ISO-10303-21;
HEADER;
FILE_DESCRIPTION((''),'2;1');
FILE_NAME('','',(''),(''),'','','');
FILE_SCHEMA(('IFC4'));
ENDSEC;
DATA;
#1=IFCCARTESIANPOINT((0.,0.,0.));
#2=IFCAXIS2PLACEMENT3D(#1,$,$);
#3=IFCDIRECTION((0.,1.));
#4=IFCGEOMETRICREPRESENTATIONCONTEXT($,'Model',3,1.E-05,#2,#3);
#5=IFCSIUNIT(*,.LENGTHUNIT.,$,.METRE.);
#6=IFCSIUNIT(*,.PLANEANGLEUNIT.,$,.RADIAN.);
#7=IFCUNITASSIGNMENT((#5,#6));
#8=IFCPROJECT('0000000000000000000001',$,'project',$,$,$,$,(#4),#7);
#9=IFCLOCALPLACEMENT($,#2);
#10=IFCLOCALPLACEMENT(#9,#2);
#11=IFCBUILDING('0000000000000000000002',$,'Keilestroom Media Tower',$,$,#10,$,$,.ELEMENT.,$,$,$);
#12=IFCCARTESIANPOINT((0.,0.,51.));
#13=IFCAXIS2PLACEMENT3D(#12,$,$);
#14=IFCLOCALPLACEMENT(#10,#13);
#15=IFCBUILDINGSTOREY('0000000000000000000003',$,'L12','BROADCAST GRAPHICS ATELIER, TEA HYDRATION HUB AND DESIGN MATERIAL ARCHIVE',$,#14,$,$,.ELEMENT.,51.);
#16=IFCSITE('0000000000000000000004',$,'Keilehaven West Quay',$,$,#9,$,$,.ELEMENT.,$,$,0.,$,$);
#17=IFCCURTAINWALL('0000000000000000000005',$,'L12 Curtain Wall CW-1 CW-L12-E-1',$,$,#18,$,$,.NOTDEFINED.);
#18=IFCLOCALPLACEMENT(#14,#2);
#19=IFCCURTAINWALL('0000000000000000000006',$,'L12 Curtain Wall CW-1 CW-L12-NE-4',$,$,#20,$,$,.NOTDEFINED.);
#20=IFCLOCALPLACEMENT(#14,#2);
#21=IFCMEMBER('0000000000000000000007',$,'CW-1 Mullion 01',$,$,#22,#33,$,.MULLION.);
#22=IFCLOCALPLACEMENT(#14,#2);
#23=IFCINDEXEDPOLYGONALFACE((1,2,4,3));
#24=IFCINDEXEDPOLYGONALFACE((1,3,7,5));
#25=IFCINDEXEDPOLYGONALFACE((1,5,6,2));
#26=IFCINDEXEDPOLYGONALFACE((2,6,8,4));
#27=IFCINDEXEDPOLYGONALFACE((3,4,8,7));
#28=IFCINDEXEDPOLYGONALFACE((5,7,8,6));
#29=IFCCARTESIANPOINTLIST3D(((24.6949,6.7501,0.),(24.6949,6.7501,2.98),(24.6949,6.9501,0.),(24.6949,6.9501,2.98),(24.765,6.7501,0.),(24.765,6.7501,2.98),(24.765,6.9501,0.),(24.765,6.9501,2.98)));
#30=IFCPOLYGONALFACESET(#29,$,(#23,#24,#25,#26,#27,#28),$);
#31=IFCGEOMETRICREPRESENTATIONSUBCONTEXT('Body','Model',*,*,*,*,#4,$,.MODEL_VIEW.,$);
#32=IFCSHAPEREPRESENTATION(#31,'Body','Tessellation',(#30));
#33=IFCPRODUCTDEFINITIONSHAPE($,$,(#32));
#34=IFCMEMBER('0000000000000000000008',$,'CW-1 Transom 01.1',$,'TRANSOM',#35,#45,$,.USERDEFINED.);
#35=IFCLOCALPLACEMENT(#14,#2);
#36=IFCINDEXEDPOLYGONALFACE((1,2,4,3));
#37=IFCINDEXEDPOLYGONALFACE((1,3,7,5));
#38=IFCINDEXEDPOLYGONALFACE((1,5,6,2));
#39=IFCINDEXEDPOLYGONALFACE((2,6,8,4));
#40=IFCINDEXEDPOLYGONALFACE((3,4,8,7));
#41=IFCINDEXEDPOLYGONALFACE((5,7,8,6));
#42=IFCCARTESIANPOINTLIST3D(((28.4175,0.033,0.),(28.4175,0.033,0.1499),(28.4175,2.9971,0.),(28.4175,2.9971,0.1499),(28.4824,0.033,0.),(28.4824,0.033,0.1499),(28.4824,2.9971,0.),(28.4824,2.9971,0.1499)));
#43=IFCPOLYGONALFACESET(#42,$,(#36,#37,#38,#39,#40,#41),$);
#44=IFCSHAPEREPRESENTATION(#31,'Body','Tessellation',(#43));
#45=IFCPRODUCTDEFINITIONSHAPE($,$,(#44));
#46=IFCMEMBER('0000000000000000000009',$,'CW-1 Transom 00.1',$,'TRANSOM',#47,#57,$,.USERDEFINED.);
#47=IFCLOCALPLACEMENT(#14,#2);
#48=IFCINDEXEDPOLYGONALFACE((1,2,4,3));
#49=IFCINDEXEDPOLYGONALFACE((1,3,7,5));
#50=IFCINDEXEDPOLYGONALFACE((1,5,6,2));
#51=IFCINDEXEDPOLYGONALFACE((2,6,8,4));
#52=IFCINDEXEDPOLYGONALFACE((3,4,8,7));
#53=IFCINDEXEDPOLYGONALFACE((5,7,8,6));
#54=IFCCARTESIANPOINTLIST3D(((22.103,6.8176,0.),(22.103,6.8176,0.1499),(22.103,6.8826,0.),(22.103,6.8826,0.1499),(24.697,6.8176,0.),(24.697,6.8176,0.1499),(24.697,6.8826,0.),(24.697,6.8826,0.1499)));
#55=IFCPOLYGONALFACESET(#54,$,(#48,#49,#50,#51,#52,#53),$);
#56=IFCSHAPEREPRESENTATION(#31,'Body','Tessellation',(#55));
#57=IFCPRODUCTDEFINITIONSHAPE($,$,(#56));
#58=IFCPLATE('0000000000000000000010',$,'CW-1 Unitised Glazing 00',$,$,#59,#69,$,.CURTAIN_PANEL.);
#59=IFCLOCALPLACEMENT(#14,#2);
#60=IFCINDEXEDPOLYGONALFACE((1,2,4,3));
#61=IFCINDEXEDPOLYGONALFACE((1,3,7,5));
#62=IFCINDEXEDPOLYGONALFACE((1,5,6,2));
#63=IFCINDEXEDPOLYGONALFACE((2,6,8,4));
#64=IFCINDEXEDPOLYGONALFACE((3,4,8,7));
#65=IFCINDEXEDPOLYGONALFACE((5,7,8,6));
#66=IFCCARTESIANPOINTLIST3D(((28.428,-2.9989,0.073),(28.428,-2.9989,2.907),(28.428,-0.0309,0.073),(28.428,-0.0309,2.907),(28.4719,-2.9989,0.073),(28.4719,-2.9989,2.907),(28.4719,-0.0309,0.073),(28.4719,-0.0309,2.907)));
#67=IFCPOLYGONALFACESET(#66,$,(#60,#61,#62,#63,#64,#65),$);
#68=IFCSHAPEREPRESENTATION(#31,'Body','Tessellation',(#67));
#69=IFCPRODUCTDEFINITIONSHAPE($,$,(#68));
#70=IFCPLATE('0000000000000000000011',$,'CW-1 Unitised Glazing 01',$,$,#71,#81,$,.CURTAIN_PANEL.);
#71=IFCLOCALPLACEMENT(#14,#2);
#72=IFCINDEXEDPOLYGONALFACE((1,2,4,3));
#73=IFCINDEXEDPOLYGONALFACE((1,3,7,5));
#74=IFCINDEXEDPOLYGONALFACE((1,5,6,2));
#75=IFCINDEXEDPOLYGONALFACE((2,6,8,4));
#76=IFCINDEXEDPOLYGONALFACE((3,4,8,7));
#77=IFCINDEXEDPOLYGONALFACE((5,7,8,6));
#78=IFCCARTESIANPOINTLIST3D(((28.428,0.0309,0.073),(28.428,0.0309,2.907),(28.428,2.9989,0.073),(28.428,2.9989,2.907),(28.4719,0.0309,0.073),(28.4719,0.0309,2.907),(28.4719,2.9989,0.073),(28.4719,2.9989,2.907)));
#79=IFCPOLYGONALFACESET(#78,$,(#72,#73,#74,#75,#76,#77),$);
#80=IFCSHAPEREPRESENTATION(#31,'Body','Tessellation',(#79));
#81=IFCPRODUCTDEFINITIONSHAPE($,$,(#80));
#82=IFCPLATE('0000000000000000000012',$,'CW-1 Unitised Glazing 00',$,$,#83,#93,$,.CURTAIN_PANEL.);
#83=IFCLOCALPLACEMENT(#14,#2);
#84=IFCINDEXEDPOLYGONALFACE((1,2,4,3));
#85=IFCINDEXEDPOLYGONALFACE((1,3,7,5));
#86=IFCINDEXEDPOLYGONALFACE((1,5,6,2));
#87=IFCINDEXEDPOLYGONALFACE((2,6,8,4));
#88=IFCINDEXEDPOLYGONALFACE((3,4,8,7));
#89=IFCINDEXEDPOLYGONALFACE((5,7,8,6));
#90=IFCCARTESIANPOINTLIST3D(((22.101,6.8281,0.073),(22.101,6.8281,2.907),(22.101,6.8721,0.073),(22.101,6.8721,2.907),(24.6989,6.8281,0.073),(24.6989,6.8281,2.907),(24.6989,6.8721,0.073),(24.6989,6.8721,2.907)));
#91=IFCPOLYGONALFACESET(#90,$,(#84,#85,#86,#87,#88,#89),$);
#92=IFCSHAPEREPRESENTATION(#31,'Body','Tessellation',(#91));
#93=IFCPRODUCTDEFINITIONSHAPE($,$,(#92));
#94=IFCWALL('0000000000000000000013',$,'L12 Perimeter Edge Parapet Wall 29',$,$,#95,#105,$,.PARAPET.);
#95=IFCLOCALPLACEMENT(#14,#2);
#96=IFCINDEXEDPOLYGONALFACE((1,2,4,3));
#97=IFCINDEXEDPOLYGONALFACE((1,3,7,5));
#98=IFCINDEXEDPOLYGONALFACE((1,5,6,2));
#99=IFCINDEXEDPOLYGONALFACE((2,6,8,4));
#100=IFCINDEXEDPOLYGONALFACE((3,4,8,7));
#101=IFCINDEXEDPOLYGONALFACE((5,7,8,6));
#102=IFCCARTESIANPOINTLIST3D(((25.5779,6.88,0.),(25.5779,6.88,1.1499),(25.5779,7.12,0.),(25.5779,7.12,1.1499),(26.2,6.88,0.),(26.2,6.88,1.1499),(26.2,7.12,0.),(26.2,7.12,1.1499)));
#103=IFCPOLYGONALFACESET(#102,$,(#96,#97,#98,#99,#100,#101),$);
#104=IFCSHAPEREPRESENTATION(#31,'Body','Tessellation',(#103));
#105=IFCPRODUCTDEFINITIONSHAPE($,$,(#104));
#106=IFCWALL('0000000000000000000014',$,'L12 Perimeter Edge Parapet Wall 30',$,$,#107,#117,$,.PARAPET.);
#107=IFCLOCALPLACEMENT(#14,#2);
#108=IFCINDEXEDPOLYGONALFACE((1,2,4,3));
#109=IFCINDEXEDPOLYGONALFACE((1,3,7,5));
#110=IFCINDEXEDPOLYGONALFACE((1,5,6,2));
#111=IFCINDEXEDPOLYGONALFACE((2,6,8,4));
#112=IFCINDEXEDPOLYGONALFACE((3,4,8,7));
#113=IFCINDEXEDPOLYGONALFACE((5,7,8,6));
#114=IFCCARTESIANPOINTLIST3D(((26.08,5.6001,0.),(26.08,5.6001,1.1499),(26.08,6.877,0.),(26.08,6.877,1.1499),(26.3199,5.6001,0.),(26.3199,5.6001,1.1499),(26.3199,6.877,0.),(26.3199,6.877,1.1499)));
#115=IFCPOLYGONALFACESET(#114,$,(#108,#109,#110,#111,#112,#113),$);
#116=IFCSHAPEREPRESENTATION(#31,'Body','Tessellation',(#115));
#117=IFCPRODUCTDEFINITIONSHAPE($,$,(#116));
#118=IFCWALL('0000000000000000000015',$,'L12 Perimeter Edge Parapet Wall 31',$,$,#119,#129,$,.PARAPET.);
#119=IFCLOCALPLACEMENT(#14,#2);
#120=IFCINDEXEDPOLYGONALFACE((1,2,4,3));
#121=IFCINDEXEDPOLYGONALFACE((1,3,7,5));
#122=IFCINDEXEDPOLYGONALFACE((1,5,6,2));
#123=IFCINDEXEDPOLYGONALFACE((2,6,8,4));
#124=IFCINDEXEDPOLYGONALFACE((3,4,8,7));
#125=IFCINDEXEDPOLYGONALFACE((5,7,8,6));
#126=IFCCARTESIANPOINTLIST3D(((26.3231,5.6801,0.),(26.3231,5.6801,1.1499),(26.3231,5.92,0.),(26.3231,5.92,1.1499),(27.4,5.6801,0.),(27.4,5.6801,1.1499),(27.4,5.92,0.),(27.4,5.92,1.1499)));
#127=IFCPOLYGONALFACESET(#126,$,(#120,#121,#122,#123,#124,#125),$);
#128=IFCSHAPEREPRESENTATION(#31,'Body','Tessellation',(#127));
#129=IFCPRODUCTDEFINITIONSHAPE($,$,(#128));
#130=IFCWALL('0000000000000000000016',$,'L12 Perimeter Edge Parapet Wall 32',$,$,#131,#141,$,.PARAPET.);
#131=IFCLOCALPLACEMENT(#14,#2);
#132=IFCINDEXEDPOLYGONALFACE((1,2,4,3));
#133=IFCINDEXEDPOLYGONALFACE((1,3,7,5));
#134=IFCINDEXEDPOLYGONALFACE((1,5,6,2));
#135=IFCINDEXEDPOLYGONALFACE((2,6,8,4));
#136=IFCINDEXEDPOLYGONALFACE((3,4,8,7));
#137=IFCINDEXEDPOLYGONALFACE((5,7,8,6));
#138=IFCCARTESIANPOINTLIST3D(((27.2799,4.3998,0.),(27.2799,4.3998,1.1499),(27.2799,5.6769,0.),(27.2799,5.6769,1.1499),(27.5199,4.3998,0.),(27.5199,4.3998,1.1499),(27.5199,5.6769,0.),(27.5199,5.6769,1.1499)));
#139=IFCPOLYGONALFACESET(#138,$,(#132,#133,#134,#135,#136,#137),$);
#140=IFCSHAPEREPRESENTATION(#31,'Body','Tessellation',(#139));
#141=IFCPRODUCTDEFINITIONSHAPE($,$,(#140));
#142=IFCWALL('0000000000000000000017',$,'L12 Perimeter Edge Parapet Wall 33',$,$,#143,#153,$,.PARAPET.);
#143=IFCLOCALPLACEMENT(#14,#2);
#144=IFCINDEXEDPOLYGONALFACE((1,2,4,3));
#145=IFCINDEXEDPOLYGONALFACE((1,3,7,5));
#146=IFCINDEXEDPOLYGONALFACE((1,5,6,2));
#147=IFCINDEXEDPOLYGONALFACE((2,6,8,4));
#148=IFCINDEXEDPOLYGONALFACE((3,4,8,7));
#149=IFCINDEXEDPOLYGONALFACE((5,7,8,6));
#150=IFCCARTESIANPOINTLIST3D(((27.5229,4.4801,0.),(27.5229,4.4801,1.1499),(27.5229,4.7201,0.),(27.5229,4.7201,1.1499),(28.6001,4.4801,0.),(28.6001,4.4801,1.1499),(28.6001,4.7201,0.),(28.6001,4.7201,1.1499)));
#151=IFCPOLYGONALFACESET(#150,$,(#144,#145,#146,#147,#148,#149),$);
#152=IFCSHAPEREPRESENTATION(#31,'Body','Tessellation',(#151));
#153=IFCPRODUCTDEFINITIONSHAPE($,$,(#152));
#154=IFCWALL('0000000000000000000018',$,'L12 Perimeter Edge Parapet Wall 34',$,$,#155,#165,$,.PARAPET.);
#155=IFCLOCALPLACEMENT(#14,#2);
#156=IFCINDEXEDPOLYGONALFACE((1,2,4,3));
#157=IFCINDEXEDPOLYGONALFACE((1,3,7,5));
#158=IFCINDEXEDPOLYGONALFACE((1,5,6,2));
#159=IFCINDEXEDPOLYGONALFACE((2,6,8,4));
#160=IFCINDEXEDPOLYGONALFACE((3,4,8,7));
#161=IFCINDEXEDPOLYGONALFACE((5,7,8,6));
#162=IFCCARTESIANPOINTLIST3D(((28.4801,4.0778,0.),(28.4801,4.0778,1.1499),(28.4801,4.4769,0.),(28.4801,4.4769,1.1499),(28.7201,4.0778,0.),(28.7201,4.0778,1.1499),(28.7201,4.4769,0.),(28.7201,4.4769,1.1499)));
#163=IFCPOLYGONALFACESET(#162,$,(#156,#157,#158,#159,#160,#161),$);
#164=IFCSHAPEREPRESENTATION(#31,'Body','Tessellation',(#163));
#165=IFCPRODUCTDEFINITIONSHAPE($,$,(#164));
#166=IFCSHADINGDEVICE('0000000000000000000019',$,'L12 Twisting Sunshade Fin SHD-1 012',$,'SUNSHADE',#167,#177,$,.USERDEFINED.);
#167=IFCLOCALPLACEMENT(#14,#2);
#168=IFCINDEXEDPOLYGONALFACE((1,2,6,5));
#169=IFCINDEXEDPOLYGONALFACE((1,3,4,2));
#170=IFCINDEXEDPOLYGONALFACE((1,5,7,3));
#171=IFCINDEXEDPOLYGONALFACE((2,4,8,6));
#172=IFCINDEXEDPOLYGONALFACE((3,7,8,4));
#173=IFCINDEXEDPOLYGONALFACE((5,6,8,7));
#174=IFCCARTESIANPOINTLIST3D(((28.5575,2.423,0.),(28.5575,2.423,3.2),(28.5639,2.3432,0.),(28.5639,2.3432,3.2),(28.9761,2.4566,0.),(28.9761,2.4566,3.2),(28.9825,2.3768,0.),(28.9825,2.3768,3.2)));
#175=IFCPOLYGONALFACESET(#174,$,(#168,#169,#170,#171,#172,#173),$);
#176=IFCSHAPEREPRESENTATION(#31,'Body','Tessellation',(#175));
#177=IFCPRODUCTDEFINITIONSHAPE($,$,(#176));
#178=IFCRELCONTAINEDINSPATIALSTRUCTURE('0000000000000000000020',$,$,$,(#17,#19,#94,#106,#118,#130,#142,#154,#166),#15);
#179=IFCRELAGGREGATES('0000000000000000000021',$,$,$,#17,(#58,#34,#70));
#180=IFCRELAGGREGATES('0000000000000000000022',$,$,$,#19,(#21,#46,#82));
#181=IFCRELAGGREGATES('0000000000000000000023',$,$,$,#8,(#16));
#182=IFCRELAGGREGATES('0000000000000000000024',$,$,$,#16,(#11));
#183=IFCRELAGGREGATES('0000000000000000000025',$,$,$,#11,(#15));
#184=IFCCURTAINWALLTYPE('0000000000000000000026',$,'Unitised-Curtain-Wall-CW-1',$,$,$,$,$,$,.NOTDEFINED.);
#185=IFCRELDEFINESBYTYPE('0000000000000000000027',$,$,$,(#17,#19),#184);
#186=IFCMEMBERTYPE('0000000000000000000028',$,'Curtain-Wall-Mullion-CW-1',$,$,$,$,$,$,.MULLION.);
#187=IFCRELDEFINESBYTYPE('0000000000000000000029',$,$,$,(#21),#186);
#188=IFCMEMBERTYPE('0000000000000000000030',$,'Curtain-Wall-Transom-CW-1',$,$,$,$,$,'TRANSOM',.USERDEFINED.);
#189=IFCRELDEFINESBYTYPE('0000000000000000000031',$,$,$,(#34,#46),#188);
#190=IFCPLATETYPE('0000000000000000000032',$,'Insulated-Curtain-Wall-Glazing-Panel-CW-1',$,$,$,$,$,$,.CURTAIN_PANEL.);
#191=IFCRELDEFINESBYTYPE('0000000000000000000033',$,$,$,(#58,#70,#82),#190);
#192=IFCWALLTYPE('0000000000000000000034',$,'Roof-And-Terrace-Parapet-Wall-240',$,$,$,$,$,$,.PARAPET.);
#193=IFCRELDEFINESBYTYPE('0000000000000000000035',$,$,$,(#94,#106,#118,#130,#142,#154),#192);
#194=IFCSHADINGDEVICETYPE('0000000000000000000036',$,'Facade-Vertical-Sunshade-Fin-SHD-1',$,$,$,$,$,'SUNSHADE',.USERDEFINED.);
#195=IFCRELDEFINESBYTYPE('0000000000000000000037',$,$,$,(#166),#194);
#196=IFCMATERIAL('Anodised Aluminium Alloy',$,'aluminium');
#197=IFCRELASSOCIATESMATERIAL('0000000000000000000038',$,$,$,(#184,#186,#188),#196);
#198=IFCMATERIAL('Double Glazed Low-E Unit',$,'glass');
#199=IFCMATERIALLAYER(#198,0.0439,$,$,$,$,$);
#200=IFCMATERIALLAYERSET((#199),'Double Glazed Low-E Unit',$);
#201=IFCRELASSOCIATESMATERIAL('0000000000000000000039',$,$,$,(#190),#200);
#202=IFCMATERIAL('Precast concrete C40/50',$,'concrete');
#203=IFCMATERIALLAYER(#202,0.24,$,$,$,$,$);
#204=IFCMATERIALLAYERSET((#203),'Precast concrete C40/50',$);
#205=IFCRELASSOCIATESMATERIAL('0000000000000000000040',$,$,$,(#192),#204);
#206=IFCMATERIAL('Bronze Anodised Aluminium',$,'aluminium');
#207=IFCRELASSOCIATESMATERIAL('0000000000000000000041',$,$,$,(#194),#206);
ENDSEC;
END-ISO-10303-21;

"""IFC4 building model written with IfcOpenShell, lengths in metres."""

from ifc_helpers import new_model, si_unit, direction, frame, frame_2d, origin, origin_2d, place, context, subcontext, project, spatial, rectangle, extrude, source, transform, mapped, material, layer, layer_set, material_profile, profile_set, type_object, element, aggregate, save


model = new_model("IFC4")

# Units and contexts
model_context = context("Model", 3, precision=1e-05, world=origin(), true_north=direction((0.0, 1.0)))
body_context = subcontext(model_context, "Body", "Model", "MODEL_VIEW")
ifc_project = project(units=[si_unit("LENGTHUNIT", "METRE"), si_unit("PLANEANGLEUNIT", "RADIAN")], contexts=[model_context])

# Site, building, storey
site_placement = place(None, origin())
site = spatial("IfcSite", under=ifc_project, at=site_placement, Name="Keilehaven West Quay", CompositionType="ELEMENT", RefElevation=0.0)
building_placement = place(site_placement, origin())
building = spatial("IfcBuilding", under=site, at=building_placement, Name="Keilestroom Media Tower", CompositionType="ELEMENT")
storey_placement = place(building_placement, frame((0.0, 0.0, 51.0)))
storey = spatial("IfcBuildingStorey", under=building, at=storey_placement, Name="L12", Description="BROADCAST GRAPHICS ATELIER, TEA HYDRATION HUB AND DESIGN MATERIAL ARCHIVE", CompositionType="ELEMENT", Elevation=51.0)

# Shared definitions
ifc_material_1 = material(Name="Precast concrete C40/50", Category="concrete")

# Curtain walls, member
ifc_material_2 = material(Name="Anodised Aluminium Alloy", Category="aluminium")
curtain_wall_type = type_object("IfcCurtainWallType", Name="Unitised-Curtain-Wall-CW-1", PredefinedType="NOTDEFINED", material=ifc_material_2)
curtain_wall_1_placement = place(storey_placement, origin())
curtain_wall_1 = element("IfcCurtainWall", 1, at=curtain_wall_1_placement, inside=storey, type_object=curtain_wall_type, Name="L12 Curtain Wall CW-1 CW-L12-E-1", PredefinedType="NOTDEFINED")
ifc_material_profile_1 = material_profile(ifc_material_2, rectangle(XDim=0.0701, YDim=0.2, at=origin_2d()), Name="ALU MULLION 70x200")
ifc_profile_set_1 = profile_set([ifc_material_profile_1], Name="Anodised Aluminium Alloy")
member_type_1 = type_object("IfcMemberType", Name="Curtain-Wall-Mullion-CW-1", PredefinedType="MULLION", material=ifc_profile_set_1)
shared_shape_1 = source(origin(), body_context, "Body", "SweptSolid", [
    extrude(rectangle(XDim=0.0701, YDim=0.2, at=origin_2d()), origin(), (0.0, 0.0, 1.0), 2.98),
])
curtain_wall_2_placement = place(storey_placement, origin())
curtain_wall_2 = element("IfcCurtainWall", 2, at=curtain_wall_2_placement, inside=storey, type_object=curtain_wall_type, Name="L12 Curtain Wall CW-1 CW-L12-NE-4", PredefinedType="NOTDEFINED")
member_1_placement = place(storey_placement, frame((24.73, 6.8501, 0.0), z_axis=(0.0, 0.0, 1.0), x_axis=(1.0, 0.0, 0.0)))
member_1 = element("IfcMember", 3, at=member_1_placement, type_object=member_type_1, Name="CW-1 Mullion 01", PredefinedType="MULLION", context=body_context, shape_type="MappedRepresentation", body=[
    mapped(shared_shape_1, transform((0.0, 0.0, 0.0), x_axis=(1.0, 0.0, 0.0), y_axis=(0.0, 1.0, 0.0), z_axis=(0.0, 0.0, 1.0), scale=1.0)),
])

# Members
ifc_material_profile_2 = material_profile(ifc_material_2, rectangle(XDim=0.0649, YDim=0.1499, at=origin_2d()), Name="ALU TRANSOM 65x150")
ifc_profile_set_2 = profile_set([ifc_material_profile_2], Name="Anodised Aluminium Alloy")
member_type_2 = type_object("IfcMemberType", Name="Curtain-Wall-Transom-CW-1", ElementType="TRANSOM", PredefinedType="USERDEFINED", material=ifc_profile_set_2)
shared_shape_2 = source(origin(), body_context, "Body", "SweptSolid", [
    extrude(rectangle(XDim=0.0649, YDim=0.1499, at=origin_2d()), origin(), (0.0, 0.0, 1.0), 2.9641),
])
member_2_placement = place(storey_placement, frame((28.45, 0.033, 0.075), z_axis=(0.0, 1.0, 0.0), x_axis=(-1.0, 0.0, 0.0)))
member_2 = element("IfcMember", 4, at=member_2_placement, type_object=member_type_2, Name="CW-1 Transom 01.1", ObjectType="TRANSOM", PredefinedType="USERDEFINED", context=body_context, shape_type="MappedRepresentation", body=[
    mapped(shared_shape_2, transform((0.0, 0.0, 0.0), x_axis=(1.0, 0.0, 0.0), y_axis=(0.0, 1.0, 0.0), z_axis=(0.0, 0.0, 1.0), scale=1.0)),
])
shared_shape_3 = source(origin(), body_context, "Body", "SweptSolid", [
    extrude(rectangle(XDim=0.0649, YDim=0.1499, at=origin_2d()), origin(), (0.0, 0.0, 1.0), 2.594),
])
member_3_placement = place(storey_placement, frame((22.103, 6.8501, 0.075), z_axis=(1.0, 0.0, 0.0), x_axis=(0.0, 1.0, 0.0)))
member_3 = element("IfcMember", 5, at=member_3_placement, type_object=member_type_2, Name="CW-1 Transom 00.1", ObjectType="TRANSOM", PredefinedType="USERDEFINED", context=body_context, shape_type="MappedRepresentation", body=[
    mapped(shared_shape_3, transform((0.0, 0.0, 0.0), x_axis=(1.0, 0.0, 0.0), y_axis=(0.0, 1.0, 0.0), z_axis=(0.0, 0.0, 1.0), scale=1.0)),
])

# Plates
ifc_material_3 = material(Name="Double Glazed Low-E Unit", Category="glass")
ifc_layer_1 = layer(ifc_material_3, 0.0439)
ifc_layer_set_1 = layer_set([ifc_layer_1], Name="Double Glazed Low-E Unit")
plate_type = type_object("IfcPlateType", Name="Insulated-Curtain-Wall-Glazing-Panel-CW-1", PredefinedType="CURTAIN_PANEL", material=ifc_layer_set_1)
shared_shape_4 = source(origin(), body_context, "Body", "SweptSolid", [
    extrude(rectangle(XDim=2.968, YDim=0.0439, at=origin_2d()), origin(), (0.0, 0.0, 1.0), 2.834),
])
plate_1_placement = place(storey_placement, frame((28.45, -1.5149, 0.073), z_axis=(0.0, 0.0, 1.0), x_axis=(0.0, 1.0, 0.0)))
plate_1 = element("IfcPlate", 6, at=plate_1_placement, type_object=plate_type, Name="CW-1 Unitised Glazing 00", PredefinedType="CURTAIN_PANEL", context=body_context, shape_type="MappedRepresentation", body=[
    mapped(shared_shape_4, transform((0.0, 0.0, 0.0), x_axis=(1.0, 0.0, 0.0), y_axis=(0.0, 1.0, 0.0), z_axis=(0.0, 0.0, 1.0), scale=1.0)),
])
plate_2_placement = place(storey_placement, frame((28.45, 1.5149, 0.073), z_axis=(0.0, 0.0, 1.0), x_axis=(0.0, 1.0, 0.0)))
plate_2 = element("IfcPlate", 7, at=plate_2_placement, type_object=plate_type, Name="CW-1 Unitised Glazing 01", PredefinedType="CURTAIN_PANEL", context=body_context, shape_type="MappedRepresentation", body=[
    mapped(shared_shape_4, transform((0.0, 0.0, 0.0), x_axis=(1.0, 0.0, 0.0), y_axis=(0.0, 1.0, 0.0), z_axis=(0.0, 0.0, 1.0), scale=1.0)),
])
aggregate(curtain_wall_1, [plate_1, member_2, plate_2])
shared_shape_5 = source(origin(), body_context, "Body", "SweptSolid", [
    extrude(rectangle(XDim=2.5979, YDim=0.0439, at=origin_2d()), origin(), (0.0, 0.0, 1.0), 2.834),
])
plate_3_placement = place(storey_placement, frame((23.3999, 6.8501, 0.073), z_axis=(0.0, 0.0, 1.0), x_axis=(1.0, 0.0, 0.0)))
plate_3 = element("IfcPlate", 8, at=plate_3_placement, type_object=plate_type, Name="CW-1 Unitised Glazing 00", PredefinedType="CURTAIN_PANEL", context=body_context, shape_type="MappedRepresentation", body=[
    mapped(shared_shape_5, transform((0.0, 0.0, 0.0), x_axis=(1.0, 0.0, 0.0), y_axis=(0.0, 1.0, 0.0), z_axis=(0.0, 0.0, 1.0), scale=1.0)),
])
aggregate(curtain_wall_2, [member_1, member_3, plate_3])

# Walls
ifc_layer_2 = layer(ifc_material_1, 0.24)
ifc_layer_set_2 = layer_set([ifc_layer_2], Name="Precast concrete C40/50")
wall_type = type_object("IfcWallType", Name="Roof-And-Terrace-Parapet-Wall-240", PredefinedType="PARAPET", material=ifc_layer_set_2)
wall_1_placement = place(storey_placement, frame((25.5779, 7.0, 0.0), z_axis=(0.0, 0.0, 1.0), x_axis=(1.0, 0.0, 0.0)))
element("IfcWall", 9, at=wall_1_placement, inside=storey, type_object=wall_type, Name="L12 Perimeter Edge Parapet Wall 29", PredefinedType="PARAPET", context=body_context, shape_type="SweptSolid", body=[
    extrude(rectangle(XDim=0.6221, YDim=0.24, at=frame_2d((0.311, 0.0))), origin(), (0.0, 0.0, 1.0), 1.1499),
])
wall_2_placement = place(storey_placement, frame((26.2, 6.877, 0.0), z_axis=(0.0, 0.0, 1.0), x_axis=(0.0, -1.0, 0.0)))
element("IfcWall", 10, at=wall_2_placement, inside=storey, type_object=wall_type, Name="L12 Perimeter Edge Parapet Wall 30", PredefinedType="PARAPET", context=body_context, shape_type="SweptSolid", body=[
    extrude(rectangle(XDim=1.2769, YDim=0.24, at=frame_2d((0.6384, 0.0))), origin(), (0.0, 0.0, 1.0), 1.1499),
])
wall_3_placement = place(storey_placement, frame((26.323, 5.8, 0.0), z_axis=(0.0, 0.0, 1.0), x_axis=(1.0, 0.0, 0.0)))
element("IfcWall", 11, at=wall_3_placement, inside=storey, type_object=wall_type, Name="L12 Perimeter Edge Parapet Wall 31", PredefinedType="PARAPET", context=body_context, shape_type="SweptSolid", body=[
    extrude(rectangle(XDim=1.0769, YDim=0.24, at=frame_2d((0.5386, 0.0))), origin(), (0.0, 0.0, 1.0), 1.1499),
])
wall_4_placement = place(storey_placement, frame((27.3999, 5.677, 0.0), z_axis=(0.0, 0.0, 1.0), x_axis=(0.0, -1.0, 0.0)))
element("IfcWall", 12, at=wall_4_placement, inside=storey, type_object=wall_type, Name="L12 Perimeter Edge Parapet Wall 32", PredefinedType="PARAPET", context=body_context, shape_type="SweptSolid", body=[
    extrude(rectangle(XDim=1.2771, YDim=0.24, at=frame_2d((0.6387, 0.0))), origin(), (0.0, 0.0, 1.0), 1.1499),
])
wall_5_placement = place(storey_placement, frame((27.5229, 4.6001, 0.0), z_axis=(0.0, 0.0, 1.0), x_axis=(1.0, 0.0, 0.0)))
element("IfcWall", 13, at=wall_5_placement, inside=storey, type_object=wall_type, Name="L12 Perimeter Edge Parapet Wall 33", PredefinedType="PARAPET", context=body_context, shape_type="SweptSolid", body=[
    extrude(rectangle(XDim=1.0771, YDim=0.24, at=frame_2d((0.5386, 0.0))), origin(), (0.0, 0.0, 1.0), 1.1499),
])
wall_6_placement = place(storey_placement, frame((28.6001, 4.4771, 0.0), z_axis=(0.0, 0.0, 1.0), x_axis=(0.0, -1.0, 0.0)))
element("IfcWall", 14, at=wall_6_placement, inside=storey, type_object=wall_type, Name="L12 Perimeter Edge Parapet Wall 34", PredefinedType="PARAPET", context=body_context, shape_type="SweptSolid", body=[
    extrude(rectangle(XDim=0.3992, YDim=0.24, at=frame_2d((0.1997, 0.0))), origin(), (0.0, 0.0, 1.0), 1.1499),
])

# Shading device
ifc_material_4 = material(Name="Bronze Anodised Aluminium", Category="aluminium")
shading_device_type = type_object("IfcShadingDeviceType", Name="Facade-Vertical-Sunshade-Fin-SHD-1", ElementType="SUNSHADE", PredefinedType="USERDEFINED", material=ifc_material_4)
shared_shape_6 = source(origin(), body_context, "Body", "SweptSolid", [
    extrude(rectangle(XDim=0.4199, YDim=0.0801, at=origin_2d()), origin(), (0.0, 0.0, 1.0), 3.2),
])
shading_device_placement = place(storey_placement, frame((28.77, 2.3999, 0.0), z_axis=(0.0, 0.0, 1.0), x_axis=(0.996793, 0.080025, 0.0)))
element("IfcShadingDevice", 15, at=shading_device_placement, inside=storey, type_object=shading_device_type, Name="L12 Twisting Sunshade Fin SHD-1 012", ObjectType="SUNSHADE", PredefinedType="USERDEFINED", context=body_context, shape_type="MappedRepresentation", body=[
    mapped(shared_shape_6, transform((0.0, 0.0, 0.0), x_axis=(1.0, 0.0, 0.0), y_axis=(0.0, 1.0, 0.0), z_axis=(0.0, 0.0, 1.0), scale=1.0)),
])

save(model, "model.ifc")
